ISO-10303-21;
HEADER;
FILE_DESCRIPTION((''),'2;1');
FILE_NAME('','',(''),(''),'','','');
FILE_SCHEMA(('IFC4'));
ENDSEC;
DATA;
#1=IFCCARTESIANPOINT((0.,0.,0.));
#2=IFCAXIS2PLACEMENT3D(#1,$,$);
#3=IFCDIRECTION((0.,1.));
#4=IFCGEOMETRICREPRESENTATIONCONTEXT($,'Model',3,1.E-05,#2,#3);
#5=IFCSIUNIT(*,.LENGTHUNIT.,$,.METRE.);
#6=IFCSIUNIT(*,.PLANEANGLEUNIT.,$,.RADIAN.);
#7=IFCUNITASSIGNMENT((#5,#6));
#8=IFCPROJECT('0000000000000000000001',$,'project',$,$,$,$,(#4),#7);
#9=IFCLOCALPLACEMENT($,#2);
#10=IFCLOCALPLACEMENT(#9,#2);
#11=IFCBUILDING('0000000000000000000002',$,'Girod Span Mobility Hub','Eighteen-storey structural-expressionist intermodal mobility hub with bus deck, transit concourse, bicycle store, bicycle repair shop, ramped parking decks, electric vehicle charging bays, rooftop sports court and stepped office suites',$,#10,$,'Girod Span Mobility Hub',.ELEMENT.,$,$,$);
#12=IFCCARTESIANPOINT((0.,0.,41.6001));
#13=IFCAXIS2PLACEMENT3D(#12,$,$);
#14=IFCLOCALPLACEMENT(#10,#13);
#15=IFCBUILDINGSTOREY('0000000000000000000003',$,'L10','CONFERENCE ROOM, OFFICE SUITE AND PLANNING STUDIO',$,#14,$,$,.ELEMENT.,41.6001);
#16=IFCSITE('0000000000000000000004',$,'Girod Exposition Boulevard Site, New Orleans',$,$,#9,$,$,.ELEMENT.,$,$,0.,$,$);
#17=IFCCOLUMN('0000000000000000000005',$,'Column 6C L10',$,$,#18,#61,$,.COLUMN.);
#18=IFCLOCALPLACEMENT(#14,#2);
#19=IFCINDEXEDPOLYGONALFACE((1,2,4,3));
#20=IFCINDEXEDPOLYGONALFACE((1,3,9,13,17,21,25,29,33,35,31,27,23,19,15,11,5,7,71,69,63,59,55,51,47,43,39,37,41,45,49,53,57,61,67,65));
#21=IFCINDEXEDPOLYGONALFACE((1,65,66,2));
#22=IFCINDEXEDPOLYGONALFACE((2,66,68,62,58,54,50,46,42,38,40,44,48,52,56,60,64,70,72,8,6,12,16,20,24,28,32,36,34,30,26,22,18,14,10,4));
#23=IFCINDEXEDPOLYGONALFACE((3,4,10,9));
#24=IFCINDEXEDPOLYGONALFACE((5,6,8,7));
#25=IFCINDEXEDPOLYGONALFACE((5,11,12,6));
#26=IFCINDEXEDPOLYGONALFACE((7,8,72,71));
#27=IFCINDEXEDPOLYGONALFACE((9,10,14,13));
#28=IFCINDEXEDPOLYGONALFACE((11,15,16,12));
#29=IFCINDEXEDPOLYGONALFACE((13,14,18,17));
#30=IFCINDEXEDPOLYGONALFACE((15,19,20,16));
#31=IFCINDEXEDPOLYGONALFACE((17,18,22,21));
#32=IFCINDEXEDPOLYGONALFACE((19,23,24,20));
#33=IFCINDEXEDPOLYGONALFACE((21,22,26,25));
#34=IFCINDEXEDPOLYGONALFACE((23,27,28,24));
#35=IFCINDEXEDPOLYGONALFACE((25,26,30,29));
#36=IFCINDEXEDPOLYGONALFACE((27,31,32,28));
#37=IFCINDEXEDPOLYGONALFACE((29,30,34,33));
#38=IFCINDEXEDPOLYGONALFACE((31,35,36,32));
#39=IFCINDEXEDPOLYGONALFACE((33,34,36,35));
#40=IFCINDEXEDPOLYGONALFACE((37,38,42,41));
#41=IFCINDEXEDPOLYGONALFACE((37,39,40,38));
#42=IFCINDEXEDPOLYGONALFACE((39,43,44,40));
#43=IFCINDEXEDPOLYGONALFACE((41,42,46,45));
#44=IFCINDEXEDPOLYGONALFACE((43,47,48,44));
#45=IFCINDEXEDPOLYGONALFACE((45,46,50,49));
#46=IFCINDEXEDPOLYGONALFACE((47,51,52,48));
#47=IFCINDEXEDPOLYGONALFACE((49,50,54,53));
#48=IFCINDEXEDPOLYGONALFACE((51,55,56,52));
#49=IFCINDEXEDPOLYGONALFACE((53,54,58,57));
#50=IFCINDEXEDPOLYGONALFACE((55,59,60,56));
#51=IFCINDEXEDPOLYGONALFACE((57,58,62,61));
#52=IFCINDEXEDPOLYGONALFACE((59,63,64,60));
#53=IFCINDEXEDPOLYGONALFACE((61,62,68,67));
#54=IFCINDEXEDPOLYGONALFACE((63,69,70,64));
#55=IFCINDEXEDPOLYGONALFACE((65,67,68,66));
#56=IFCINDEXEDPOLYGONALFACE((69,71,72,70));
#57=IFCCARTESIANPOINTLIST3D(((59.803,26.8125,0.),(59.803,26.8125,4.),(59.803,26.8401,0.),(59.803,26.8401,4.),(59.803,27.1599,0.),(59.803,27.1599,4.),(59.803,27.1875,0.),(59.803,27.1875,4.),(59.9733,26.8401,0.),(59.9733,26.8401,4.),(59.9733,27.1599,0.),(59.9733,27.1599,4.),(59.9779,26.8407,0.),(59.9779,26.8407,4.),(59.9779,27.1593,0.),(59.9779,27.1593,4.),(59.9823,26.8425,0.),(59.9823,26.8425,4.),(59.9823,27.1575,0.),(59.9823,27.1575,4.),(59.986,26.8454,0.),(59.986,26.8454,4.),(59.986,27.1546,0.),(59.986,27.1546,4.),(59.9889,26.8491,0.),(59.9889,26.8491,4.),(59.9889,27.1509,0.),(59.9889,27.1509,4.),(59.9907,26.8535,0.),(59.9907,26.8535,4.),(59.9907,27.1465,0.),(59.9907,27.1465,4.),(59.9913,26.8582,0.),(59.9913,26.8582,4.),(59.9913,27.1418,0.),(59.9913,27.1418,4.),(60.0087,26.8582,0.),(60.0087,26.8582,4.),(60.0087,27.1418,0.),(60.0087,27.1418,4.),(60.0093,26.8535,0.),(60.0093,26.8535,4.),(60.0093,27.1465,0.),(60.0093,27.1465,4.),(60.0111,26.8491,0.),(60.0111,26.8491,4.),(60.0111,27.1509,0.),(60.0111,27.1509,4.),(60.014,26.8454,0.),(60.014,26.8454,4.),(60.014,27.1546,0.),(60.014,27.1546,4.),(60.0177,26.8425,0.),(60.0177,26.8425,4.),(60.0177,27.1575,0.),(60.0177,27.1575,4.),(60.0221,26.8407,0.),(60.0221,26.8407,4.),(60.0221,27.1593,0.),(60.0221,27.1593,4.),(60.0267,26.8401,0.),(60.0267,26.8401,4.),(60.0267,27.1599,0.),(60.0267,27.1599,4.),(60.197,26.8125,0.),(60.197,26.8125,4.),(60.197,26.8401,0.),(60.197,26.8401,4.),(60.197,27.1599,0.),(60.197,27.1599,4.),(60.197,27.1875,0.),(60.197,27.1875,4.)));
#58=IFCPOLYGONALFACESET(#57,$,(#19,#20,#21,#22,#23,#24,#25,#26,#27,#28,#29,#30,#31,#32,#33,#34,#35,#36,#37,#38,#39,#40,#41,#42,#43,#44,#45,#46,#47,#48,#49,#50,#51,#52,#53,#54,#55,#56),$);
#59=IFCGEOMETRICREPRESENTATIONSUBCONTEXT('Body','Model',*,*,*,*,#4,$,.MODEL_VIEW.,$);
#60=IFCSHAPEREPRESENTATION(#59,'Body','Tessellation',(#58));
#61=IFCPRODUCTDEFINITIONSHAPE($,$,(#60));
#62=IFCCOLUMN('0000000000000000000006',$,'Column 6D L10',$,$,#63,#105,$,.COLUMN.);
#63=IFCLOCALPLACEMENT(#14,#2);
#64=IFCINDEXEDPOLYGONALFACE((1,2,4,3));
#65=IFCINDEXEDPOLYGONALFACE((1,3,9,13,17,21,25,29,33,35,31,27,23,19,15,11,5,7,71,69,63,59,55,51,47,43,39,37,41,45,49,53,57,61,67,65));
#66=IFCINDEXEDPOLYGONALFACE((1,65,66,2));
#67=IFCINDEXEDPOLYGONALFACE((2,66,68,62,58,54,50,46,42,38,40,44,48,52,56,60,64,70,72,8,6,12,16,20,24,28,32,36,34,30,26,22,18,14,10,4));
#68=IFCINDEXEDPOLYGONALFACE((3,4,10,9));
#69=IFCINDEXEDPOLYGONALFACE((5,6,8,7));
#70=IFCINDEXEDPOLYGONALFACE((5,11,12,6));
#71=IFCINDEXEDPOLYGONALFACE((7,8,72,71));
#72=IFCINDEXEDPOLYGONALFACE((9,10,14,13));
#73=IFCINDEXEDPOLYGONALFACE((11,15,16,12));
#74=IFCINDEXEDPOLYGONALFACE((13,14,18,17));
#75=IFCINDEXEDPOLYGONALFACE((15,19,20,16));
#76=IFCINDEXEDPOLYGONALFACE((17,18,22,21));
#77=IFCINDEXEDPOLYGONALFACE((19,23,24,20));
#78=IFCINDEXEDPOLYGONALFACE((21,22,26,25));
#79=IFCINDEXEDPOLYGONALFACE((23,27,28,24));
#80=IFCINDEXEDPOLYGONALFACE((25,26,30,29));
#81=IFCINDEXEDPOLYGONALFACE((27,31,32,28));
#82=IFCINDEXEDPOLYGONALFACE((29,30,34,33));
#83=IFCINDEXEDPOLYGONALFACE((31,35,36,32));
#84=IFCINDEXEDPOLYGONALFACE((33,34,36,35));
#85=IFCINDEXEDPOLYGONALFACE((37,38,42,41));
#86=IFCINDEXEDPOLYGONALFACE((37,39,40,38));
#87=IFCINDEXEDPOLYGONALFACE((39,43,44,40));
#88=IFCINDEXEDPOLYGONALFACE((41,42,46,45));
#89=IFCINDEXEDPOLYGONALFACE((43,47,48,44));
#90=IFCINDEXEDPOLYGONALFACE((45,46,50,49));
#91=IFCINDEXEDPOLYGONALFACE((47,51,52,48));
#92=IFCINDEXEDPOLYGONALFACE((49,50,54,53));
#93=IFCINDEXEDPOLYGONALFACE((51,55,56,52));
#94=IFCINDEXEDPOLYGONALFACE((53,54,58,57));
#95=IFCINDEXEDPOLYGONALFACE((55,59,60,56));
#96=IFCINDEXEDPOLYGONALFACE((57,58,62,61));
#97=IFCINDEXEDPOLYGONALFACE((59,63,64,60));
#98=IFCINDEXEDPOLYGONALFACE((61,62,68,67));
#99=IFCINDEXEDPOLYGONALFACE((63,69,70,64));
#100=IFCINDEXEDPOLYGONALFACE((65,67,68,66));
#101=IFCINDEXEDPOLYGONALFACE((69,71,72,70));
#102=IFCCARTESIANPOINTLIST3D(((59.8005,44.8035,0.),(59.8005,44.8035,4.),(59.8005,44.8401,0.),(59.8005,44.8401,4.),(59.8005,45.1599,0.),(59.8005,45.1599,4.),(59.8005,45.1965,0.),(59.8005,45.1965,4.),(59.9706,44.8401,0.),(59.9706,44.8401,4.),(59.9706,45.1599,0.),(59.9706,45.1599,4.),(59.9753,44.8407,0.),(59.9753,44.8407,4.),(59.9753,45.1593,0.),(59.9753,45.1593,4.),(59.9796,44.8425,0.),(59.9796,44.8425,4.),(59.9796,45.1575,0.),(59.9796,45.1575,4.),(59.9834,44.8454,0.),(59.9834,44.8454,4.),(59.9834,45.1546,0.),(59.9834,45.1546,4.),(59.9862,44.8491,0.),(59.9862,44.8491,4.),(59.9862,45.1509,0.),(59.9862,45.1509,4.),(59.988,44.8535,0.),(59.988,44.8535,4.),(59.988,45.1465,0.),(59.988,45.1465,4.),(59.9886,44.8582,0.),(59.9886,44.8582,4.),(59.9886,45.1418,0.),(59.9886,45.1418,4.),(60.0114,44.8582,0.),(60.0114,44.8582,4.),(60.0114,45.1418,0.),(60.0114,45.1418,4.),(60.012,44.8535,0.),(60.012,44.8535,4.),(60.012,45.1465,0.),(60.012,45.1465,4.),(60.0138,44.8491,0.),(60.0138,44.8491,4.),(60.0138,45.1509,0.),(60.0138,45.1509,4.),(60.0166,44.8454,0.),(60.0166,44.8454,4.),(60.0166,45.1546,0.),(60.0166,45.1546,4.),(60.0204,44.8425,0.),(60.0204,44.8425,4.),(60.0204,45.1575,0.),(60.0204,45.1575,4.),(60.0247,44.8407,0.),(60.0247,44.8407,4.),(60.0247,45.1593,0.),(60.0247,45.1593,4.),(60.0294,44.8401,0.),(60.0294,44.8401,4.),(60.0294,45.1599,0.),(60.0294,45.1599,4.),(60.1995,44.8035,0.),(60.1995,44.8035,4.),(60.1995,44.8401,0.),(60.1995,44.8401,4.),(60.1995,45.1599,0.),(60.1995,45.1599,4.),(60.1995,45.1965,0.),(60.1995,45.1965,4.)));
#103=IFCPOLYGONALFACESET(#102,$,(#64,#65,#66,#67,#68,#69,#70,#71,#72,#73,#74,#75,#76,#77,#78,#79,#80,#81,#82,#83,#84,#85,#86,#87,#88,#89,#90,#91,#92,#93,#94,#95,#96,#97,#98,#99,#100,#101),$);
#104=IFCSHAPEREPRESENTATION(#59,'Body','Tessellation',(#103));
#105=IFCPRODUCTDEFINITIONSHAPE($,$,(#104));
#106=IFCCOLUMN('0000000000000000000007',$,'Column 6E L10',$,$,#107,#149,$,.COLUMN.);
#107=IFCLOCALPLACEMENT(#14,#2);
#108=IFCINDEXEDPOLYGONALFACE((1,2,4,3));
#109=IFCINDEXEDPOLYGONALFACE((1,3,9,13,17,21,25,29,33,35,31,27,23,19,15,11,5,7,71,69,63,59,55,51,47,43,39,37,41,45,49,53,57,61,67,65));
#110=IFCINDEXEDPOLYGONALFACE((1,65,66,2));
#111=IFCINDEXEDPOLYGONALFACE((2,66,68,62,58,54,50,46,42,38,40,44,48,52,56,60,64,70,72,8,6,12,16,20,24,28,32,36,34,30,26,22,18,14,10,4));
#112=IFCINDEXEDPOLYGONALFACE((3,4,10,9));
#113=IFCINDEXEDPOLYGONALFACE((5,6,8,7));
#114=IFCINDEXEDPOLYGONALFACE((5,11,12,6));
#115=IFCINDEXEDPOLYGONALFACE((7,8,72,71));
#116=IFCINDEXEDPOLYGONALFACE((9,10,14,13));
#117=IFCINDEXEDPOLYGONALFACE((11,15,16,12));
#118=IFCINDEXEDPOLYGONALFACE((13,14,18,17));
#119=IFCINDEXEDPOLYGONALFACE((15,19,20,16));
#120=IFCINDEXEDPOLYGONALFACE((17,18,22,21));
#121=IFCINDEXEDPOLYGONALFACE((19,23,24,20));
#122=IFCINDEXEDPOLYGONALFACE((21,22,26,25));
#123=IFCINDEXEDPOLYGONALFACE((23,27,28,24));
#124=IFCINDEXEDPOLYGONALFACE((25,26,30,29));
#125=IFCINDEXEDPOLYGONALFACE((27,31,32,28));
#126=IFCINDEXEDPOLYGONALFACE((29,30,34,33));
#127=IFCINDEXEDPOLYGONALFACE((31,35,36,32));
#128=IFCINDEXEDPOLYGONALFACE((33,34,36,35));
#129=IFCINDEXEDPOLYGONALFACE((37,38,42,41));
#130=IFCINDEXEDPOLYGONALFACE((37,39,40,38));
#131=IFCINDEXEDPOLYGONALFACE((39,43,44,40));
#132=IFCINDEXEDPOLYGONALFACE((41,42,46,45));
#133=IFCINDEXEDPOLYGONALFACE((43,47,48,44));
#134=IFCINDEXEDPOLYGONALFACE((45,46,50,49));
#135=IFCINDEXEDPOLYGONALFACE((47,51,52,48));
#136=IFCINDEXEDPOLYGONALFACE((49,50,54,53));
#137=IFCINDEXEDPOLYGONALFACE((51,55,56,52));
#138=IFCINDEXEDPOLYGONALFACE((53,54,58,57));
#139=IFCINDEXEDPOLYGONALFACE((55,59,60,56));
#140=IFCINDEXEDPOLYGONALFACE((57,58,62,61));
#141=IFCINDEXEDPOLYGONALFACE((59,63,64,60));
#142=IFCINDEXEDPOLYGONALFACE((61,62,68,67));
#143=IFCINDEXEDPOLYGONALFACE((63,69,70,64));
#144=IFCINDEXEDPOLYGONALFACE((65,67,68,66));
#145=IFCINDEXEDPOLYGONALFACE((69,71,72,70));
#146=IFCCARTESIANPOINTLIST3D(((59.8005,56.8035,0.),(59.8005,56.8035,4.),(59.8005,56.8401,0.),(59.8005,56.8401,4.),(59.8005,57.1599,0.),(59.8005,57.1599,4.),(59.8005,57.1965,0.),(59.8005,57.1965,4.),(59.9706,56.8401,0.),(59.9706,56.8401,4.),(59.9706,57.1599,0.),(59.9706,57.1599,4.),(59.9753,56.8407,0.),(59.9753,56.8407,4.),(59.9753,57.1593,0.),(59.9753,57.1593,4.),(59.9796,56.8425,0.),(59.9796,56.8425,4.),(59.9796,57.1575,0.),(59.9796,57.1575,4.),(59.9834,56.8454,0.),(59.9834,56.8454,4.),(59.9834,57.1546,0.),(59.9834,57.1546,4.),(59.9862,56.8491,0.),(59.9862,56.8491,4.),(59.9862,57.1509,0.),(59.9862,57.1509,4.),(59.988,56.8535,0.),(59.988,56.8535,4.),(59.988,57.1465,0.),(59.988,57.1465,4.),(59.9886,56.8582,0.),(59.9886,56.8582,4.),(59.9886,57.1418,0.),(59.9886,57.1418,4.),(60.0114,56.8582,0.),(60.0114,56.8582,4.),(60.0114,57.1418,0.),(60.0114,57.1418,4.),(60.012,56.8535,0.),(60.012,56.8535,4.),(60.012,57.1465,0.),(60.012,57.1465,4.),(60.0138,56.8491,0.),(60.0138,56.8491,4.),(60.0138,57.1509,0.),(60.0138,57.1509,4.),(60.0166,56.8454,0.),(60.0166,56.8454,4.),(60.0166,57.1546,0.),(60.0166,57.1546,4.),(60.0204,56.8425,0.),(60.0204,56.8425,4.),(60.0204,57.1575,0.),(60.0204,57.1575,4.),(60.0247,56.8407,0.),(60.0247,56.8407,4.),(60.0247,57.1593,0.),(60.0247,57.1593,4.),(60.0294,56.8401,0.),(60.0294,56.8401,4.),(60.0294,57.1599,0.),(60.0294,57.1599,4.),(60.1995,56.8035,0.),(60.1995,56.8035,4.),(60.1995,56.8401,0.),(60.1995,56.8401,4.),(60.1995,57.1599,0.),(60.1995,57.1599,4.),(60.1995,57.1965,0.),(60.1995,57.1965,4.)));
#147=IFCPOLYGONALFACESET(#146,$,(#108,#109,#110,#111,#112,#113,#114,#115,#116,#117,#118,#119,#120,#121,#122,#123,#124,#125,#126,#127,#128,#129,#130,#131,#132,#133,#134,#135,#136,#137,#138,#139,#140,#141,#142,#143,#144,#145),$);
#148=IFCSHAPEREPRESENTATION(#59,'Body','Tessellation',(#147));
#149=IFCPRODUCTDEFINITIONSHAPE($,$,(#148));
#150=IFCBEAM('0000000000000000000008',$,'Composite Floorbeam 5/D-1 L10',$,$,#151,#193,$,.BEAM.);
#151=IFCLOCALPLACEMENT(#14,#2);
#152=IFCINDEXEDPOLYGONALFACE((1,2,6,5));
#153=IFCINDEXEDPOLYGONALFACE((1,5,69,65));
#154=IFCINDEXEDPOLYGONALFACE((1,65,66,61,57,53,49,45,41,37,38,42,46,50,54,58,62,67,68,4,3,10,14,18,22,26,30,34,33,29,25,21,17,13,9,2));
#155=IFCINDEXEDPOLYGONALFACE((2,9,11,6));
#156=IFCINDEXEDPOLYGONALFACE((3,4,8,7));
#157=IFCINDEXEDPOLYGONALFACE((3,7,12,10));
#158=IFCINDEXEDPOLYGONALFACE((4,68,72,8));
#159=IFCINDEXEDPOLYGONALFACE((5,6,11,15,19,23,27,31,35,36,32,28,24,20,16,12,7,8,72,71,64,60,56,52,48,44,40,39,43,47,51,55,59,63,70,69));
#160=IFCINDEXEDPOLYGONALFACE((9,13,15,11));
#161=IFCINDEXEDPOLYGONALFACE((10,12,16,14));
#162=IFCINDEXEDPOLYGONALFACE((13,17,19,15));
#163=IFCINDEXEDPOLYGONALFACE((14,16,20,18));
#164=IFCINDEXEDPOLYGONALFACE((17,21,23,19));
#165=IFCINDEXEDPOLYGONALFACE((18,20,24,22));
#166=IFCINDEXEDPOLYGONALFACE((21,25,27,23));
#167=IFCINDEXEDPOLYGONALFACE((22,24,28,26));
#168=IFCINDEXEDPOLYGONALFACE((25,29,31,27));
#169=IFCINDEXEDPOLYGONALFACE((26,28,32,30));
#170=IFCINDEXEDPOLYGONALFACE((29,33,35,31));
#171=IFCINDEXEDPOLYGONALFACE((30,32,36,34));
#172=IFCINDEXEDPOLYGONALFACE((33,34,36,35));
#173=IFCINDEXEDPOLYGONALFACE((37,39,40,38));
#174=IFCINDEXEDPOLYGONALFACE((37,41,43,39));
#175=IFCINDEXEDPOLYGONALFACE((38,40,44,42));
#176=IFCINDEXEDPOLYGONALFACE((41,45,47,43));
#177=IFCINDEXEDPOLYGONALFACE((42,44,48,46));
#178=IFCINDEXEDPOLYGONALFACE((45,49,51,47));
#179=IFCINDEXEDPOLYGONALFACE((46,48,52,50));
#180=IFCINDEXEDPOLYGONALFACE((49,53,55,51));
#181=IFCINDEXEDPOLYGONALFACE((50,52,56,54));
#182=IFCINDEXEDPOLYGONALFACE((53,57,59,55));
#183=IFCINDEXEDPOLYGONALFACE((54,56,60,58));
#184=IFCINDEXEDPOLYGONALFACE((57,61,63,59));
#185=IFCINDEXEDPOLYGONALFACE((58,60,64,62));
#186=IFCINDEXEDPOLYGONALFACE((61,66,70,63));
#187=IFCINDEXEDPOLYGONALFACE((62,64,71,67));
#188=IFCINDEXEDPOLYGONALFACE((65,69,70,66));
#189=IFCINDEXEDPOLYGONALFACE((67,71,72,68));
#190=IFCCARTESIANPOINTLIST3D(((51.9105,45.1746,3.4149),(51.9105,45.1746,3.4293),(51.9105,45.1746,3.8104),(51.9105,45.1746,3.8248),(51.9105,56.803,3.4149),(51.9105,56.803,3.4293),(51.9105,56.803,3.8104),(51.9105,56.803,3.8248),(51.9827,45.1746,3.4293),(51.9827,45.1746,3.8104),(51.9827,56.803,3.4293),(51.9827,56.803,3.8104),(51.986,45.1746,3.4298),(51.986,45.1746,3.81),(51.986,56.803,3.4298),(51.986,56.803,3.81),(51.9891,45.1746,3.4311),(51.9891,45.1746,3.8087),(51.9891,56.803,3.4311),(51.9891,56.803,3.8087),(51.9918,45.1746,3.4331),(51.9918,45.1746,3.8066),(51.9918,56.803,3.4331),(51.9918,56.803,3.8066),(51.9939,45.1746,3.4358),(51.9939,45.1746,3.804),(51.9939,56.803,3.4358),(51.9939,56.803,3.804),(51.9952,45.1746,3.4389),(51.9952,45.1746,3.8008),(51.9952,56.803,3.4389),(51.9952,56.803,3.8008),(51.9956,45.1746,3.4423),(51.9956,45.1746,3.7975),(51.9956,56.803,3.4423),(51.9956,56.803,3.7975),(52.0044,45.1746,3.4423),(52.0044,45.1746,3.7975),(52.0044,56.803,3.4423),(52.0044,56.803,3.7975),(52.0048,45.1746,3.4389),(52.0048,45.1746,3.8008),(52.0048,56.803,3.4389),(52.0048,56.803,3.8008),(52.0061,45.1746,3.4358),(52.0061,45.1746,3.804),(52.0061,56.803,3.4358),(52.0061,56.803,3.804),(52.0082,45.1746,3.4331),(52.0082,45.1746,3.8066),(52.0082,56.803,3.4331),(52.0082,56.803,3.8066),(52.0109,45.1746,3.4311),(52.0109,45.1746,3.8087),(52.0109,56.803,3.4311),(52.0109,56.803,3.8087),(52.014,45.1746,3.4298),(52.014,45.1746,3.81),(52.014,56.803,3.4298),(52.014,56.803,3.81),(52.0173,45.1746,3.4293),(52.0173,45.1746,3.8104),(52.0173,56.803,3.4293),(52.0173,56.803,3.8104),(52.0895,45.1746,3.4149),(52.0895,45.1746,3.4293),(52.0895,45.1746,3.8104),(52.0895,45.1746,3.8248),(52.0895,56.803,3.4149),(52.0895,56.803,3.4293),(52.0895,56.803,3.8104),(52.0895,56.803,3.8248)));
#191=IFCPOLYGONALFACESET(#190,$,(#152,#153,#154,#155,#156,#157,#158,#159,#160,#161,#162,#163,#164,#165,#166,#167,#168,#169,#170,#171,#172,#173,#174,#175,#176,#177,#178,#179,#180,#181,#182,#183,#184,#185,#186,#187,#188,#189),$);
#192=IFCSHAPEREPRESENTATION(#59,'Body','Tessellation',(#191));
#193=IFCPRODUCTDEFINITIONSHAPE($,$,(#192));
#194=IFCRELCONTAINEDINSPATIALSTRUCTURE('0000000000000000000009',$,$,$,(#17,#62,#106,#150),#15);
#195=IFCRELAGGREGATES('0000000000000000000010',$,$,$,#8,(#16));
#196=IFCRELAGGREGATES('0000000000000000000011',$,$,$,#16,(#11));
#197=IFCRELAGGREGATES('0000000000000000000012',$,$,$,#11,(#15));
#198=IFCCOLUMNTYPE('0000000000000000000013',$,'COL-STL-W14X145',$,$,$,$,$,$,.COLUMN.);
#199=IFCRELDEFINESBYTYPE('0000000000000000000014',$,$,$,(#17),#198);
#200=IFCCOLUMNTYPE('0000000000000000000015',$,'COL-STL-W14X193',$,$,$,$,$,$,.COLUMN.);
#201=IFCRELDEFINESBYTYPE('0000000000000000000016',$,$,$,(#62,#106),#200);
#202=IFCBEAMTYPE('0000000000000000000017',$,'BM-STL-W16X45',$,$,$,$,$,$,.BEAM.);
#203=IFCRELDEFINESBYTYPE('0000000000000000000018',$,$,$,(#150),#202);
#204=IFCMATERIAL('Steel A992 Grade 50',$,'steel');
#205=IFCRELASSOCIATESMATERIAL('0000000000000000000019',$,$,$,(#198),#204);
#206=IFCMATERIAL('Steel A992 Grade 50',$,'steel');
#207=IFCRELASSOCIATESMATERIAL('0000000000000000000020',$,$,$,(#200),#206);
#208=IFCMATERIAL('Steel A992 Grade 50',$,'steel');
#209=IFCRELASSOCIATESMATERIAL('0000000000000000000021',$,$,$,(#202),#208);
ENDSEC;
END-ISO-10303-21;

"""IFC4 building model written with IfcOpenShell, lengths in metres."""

from ifc_helpers import new_model, si_unit, direction, frame, origin, origin_2d, place, context, subcontext, project, spatial, i_section, extrude, material, material_profile, profile_set, type_object, element, save


model = new_model("IFC4")

# Units and contexts
model_context = context("Model", 3, precision=1e-05, world=origin(), true_north=direction((0.0, 1.0)))
body_context = subcontext(model_context, "Body", "Model", "MODEL_VIEW")
ifc_project = project(units=[si_unit("LENGTHUNIT", "METRE"), si_unit("PLANEANGLEUNIT", "RADIAN")], contexts=[model_context])

# Site, building, storey
site_placement = place(None, origin())
site = spatial("IfcSite", under=ifc_project, at=site_placement, Name="Girod Exposition Boulevard Site, New Orleans", CompositionType="ELEMENT", RefElevation=0.0)
building_placement = place(site_placement, origin())
building = spatial("IfcBuilding", under=site, at=building_placement, Name="Girod Span Mobility Hub", Description="Eighteen-storey structural-expressionist intermodal mobility hub with bus deck, transit concourse, bicycle store, bicycle repair shop, ramped parking decks, electric vehicle charging bays, rooftop sports court and stepped office suites", LongName="Girod Span Mobility Hub", CompositionType="ELEMENT")
storey_placement = place(building_placement, frame((0.0, 0.0, 41.6001)))
storey = spatial("IfcBuildingStorey", under=building, at=storey_placement, Name="L10", Description="CONFERENCE ROOM, OFFICE SUITE AND PLANNING STUDIO", CompositionType="ELEMENT", Elevation=41.6001)

# Columns
ifc_material_1 = material(Name="Steel A992 Grade 50", Category="steel")
ifc_material_profile_1 = material_profile(ifc_material_1, i_section(OverallWidth=0.394, OverallDepth=0.375, WebThickness=0.0173, FlangeThickness=0.0276, FilletRadius=0.0181, at=origin_2d()), Name="W14X145")
ifc_profile_set_1 = profile_set([ifc_material_profile_1], Name="Steel A992 Grade 50")
column_type_1 = type_object("IfcColumnType", Name="COL-STL-W14X145", PredefinedType="COLUMN", material=ifc_profile_set_1)
column_placement = place(storey_placement, frame((60.0, 27.0, 0.0), z_axis=(0.0, 0.0, 1.0), x_axis=(1.0, 0.0, 0.0)))
element("IfcColumn", 1, at=column_placement, inside=storey, type_object=column_type_1, Name="Column 6C L10", PredefinedType="COLUMN", context=body_context, shape_type="SweptSolid", body=[
    extrude(i_section(OverallWidth=0.394, OverallDepth=0.375, WebThickness=0.0173, FlangeThickness=0.0276, FilletRadius=0.0181, at=origin_2d()), origin(), (0.0, 0.0, 1.0), 4.0),
])
ifc_material_2 = material(Name="Steel A992 Grade 50", Category="steel")
ifc_material_profile_2 = material_profile(ifc_material_2, i_section(OverallWidth=0.3989, OverallDepth=0.3931, WebThickness=0.0227, FlangeThickness=0.0366, FilletRadius=0.0181, at=origin_2d()), Name="W14X193")
ifc_profile_set_2 = profile_set([ifc_material_profile_2], Name="Steel A992 Grade 50")
column_type_2 = type_object("IfcColumnType", Name="COL-STL-W14X193", PredefinedType="COLUMN", material=ifc_profile_set_2)
for number, where, z_axis, x_axis, name in (
    (2, (60.0, 45.0, 0.0), (0.0, 0.0, 1.0), (1.0, 0.0, 0.0), "Column 6D L10"),
    (3, (60.0, 57.0, 0.0), (0.0, 0.0, 1.0), (1.0, 0.0, 0.0), "Column 6E L10"),
):
    element("IfcColumn", number, at=place(storey_placement, frame(where, z_axis=z_axis, x_axis=x_axis)), inside=storey, type_object=column_type_2, Name=name, PredefinedType="COLUMN", context=body_context, shape_type="SweptSolid", body=[
        extrude(i_section(OverallWidth=0.3989, OverallDepth=0.3931, WebThickness=0.0227, FlangeThickness=0.0366, FilletRadius=0.0181, at=origin_2d()), origin(), (0.0, 0.0, 1.0), 4.0),
    ])

# Beam
ifc_material_3 = material(Name="Steel A992 Grade 50", Category="steel")
ifc_material_profile_3 = material_profile(ifc_material_3, i_section(OverallWidth=0.179, OverallDepth=0.4099, WebThickness=0.0088, FlangeThickness=0.0144, FilletRadius=0.0129, at=origin_2d()), Name="W16X45")
ifc_profile_set_3 = profile_set([ifc_material_profile_3], Name="Steel A992 Grade 50")
beam_type_1 = type_object("IfcBeamType", Name="BM-STL-W16X45", PredefinedType="BEAM", material=ifc_profile_set_3)
for number, where, z_axis, x_axis, name in (
    (4, (52.0, 45.1746, 3.6199), (0.0, 1.0, 0.0), (-1.0, 0.0, 0.0), "Composite Floorbeam 5/D-1 L10"),
):
    element("IfcBeam", number, at=place(storey_placement, frame(where, z_axis=z_axis, x_axis=x_axis)), inside=storey, type_object=beam_type_1, Name=name, PredefinedType="BEAM", context=body_context, shape_type="SweptSolid", body=[
        extrude(i_section(OverallWidth=0.179, OverallDepth=0.4099, WebThickness=0.0088, FlangeThickness=0.0144, FilletRadius=0.0129, at=origin_2d()), origin(), (0.0, 0.0, 1.0), 11.6284),
    ])

save(model, "model.ifc")
